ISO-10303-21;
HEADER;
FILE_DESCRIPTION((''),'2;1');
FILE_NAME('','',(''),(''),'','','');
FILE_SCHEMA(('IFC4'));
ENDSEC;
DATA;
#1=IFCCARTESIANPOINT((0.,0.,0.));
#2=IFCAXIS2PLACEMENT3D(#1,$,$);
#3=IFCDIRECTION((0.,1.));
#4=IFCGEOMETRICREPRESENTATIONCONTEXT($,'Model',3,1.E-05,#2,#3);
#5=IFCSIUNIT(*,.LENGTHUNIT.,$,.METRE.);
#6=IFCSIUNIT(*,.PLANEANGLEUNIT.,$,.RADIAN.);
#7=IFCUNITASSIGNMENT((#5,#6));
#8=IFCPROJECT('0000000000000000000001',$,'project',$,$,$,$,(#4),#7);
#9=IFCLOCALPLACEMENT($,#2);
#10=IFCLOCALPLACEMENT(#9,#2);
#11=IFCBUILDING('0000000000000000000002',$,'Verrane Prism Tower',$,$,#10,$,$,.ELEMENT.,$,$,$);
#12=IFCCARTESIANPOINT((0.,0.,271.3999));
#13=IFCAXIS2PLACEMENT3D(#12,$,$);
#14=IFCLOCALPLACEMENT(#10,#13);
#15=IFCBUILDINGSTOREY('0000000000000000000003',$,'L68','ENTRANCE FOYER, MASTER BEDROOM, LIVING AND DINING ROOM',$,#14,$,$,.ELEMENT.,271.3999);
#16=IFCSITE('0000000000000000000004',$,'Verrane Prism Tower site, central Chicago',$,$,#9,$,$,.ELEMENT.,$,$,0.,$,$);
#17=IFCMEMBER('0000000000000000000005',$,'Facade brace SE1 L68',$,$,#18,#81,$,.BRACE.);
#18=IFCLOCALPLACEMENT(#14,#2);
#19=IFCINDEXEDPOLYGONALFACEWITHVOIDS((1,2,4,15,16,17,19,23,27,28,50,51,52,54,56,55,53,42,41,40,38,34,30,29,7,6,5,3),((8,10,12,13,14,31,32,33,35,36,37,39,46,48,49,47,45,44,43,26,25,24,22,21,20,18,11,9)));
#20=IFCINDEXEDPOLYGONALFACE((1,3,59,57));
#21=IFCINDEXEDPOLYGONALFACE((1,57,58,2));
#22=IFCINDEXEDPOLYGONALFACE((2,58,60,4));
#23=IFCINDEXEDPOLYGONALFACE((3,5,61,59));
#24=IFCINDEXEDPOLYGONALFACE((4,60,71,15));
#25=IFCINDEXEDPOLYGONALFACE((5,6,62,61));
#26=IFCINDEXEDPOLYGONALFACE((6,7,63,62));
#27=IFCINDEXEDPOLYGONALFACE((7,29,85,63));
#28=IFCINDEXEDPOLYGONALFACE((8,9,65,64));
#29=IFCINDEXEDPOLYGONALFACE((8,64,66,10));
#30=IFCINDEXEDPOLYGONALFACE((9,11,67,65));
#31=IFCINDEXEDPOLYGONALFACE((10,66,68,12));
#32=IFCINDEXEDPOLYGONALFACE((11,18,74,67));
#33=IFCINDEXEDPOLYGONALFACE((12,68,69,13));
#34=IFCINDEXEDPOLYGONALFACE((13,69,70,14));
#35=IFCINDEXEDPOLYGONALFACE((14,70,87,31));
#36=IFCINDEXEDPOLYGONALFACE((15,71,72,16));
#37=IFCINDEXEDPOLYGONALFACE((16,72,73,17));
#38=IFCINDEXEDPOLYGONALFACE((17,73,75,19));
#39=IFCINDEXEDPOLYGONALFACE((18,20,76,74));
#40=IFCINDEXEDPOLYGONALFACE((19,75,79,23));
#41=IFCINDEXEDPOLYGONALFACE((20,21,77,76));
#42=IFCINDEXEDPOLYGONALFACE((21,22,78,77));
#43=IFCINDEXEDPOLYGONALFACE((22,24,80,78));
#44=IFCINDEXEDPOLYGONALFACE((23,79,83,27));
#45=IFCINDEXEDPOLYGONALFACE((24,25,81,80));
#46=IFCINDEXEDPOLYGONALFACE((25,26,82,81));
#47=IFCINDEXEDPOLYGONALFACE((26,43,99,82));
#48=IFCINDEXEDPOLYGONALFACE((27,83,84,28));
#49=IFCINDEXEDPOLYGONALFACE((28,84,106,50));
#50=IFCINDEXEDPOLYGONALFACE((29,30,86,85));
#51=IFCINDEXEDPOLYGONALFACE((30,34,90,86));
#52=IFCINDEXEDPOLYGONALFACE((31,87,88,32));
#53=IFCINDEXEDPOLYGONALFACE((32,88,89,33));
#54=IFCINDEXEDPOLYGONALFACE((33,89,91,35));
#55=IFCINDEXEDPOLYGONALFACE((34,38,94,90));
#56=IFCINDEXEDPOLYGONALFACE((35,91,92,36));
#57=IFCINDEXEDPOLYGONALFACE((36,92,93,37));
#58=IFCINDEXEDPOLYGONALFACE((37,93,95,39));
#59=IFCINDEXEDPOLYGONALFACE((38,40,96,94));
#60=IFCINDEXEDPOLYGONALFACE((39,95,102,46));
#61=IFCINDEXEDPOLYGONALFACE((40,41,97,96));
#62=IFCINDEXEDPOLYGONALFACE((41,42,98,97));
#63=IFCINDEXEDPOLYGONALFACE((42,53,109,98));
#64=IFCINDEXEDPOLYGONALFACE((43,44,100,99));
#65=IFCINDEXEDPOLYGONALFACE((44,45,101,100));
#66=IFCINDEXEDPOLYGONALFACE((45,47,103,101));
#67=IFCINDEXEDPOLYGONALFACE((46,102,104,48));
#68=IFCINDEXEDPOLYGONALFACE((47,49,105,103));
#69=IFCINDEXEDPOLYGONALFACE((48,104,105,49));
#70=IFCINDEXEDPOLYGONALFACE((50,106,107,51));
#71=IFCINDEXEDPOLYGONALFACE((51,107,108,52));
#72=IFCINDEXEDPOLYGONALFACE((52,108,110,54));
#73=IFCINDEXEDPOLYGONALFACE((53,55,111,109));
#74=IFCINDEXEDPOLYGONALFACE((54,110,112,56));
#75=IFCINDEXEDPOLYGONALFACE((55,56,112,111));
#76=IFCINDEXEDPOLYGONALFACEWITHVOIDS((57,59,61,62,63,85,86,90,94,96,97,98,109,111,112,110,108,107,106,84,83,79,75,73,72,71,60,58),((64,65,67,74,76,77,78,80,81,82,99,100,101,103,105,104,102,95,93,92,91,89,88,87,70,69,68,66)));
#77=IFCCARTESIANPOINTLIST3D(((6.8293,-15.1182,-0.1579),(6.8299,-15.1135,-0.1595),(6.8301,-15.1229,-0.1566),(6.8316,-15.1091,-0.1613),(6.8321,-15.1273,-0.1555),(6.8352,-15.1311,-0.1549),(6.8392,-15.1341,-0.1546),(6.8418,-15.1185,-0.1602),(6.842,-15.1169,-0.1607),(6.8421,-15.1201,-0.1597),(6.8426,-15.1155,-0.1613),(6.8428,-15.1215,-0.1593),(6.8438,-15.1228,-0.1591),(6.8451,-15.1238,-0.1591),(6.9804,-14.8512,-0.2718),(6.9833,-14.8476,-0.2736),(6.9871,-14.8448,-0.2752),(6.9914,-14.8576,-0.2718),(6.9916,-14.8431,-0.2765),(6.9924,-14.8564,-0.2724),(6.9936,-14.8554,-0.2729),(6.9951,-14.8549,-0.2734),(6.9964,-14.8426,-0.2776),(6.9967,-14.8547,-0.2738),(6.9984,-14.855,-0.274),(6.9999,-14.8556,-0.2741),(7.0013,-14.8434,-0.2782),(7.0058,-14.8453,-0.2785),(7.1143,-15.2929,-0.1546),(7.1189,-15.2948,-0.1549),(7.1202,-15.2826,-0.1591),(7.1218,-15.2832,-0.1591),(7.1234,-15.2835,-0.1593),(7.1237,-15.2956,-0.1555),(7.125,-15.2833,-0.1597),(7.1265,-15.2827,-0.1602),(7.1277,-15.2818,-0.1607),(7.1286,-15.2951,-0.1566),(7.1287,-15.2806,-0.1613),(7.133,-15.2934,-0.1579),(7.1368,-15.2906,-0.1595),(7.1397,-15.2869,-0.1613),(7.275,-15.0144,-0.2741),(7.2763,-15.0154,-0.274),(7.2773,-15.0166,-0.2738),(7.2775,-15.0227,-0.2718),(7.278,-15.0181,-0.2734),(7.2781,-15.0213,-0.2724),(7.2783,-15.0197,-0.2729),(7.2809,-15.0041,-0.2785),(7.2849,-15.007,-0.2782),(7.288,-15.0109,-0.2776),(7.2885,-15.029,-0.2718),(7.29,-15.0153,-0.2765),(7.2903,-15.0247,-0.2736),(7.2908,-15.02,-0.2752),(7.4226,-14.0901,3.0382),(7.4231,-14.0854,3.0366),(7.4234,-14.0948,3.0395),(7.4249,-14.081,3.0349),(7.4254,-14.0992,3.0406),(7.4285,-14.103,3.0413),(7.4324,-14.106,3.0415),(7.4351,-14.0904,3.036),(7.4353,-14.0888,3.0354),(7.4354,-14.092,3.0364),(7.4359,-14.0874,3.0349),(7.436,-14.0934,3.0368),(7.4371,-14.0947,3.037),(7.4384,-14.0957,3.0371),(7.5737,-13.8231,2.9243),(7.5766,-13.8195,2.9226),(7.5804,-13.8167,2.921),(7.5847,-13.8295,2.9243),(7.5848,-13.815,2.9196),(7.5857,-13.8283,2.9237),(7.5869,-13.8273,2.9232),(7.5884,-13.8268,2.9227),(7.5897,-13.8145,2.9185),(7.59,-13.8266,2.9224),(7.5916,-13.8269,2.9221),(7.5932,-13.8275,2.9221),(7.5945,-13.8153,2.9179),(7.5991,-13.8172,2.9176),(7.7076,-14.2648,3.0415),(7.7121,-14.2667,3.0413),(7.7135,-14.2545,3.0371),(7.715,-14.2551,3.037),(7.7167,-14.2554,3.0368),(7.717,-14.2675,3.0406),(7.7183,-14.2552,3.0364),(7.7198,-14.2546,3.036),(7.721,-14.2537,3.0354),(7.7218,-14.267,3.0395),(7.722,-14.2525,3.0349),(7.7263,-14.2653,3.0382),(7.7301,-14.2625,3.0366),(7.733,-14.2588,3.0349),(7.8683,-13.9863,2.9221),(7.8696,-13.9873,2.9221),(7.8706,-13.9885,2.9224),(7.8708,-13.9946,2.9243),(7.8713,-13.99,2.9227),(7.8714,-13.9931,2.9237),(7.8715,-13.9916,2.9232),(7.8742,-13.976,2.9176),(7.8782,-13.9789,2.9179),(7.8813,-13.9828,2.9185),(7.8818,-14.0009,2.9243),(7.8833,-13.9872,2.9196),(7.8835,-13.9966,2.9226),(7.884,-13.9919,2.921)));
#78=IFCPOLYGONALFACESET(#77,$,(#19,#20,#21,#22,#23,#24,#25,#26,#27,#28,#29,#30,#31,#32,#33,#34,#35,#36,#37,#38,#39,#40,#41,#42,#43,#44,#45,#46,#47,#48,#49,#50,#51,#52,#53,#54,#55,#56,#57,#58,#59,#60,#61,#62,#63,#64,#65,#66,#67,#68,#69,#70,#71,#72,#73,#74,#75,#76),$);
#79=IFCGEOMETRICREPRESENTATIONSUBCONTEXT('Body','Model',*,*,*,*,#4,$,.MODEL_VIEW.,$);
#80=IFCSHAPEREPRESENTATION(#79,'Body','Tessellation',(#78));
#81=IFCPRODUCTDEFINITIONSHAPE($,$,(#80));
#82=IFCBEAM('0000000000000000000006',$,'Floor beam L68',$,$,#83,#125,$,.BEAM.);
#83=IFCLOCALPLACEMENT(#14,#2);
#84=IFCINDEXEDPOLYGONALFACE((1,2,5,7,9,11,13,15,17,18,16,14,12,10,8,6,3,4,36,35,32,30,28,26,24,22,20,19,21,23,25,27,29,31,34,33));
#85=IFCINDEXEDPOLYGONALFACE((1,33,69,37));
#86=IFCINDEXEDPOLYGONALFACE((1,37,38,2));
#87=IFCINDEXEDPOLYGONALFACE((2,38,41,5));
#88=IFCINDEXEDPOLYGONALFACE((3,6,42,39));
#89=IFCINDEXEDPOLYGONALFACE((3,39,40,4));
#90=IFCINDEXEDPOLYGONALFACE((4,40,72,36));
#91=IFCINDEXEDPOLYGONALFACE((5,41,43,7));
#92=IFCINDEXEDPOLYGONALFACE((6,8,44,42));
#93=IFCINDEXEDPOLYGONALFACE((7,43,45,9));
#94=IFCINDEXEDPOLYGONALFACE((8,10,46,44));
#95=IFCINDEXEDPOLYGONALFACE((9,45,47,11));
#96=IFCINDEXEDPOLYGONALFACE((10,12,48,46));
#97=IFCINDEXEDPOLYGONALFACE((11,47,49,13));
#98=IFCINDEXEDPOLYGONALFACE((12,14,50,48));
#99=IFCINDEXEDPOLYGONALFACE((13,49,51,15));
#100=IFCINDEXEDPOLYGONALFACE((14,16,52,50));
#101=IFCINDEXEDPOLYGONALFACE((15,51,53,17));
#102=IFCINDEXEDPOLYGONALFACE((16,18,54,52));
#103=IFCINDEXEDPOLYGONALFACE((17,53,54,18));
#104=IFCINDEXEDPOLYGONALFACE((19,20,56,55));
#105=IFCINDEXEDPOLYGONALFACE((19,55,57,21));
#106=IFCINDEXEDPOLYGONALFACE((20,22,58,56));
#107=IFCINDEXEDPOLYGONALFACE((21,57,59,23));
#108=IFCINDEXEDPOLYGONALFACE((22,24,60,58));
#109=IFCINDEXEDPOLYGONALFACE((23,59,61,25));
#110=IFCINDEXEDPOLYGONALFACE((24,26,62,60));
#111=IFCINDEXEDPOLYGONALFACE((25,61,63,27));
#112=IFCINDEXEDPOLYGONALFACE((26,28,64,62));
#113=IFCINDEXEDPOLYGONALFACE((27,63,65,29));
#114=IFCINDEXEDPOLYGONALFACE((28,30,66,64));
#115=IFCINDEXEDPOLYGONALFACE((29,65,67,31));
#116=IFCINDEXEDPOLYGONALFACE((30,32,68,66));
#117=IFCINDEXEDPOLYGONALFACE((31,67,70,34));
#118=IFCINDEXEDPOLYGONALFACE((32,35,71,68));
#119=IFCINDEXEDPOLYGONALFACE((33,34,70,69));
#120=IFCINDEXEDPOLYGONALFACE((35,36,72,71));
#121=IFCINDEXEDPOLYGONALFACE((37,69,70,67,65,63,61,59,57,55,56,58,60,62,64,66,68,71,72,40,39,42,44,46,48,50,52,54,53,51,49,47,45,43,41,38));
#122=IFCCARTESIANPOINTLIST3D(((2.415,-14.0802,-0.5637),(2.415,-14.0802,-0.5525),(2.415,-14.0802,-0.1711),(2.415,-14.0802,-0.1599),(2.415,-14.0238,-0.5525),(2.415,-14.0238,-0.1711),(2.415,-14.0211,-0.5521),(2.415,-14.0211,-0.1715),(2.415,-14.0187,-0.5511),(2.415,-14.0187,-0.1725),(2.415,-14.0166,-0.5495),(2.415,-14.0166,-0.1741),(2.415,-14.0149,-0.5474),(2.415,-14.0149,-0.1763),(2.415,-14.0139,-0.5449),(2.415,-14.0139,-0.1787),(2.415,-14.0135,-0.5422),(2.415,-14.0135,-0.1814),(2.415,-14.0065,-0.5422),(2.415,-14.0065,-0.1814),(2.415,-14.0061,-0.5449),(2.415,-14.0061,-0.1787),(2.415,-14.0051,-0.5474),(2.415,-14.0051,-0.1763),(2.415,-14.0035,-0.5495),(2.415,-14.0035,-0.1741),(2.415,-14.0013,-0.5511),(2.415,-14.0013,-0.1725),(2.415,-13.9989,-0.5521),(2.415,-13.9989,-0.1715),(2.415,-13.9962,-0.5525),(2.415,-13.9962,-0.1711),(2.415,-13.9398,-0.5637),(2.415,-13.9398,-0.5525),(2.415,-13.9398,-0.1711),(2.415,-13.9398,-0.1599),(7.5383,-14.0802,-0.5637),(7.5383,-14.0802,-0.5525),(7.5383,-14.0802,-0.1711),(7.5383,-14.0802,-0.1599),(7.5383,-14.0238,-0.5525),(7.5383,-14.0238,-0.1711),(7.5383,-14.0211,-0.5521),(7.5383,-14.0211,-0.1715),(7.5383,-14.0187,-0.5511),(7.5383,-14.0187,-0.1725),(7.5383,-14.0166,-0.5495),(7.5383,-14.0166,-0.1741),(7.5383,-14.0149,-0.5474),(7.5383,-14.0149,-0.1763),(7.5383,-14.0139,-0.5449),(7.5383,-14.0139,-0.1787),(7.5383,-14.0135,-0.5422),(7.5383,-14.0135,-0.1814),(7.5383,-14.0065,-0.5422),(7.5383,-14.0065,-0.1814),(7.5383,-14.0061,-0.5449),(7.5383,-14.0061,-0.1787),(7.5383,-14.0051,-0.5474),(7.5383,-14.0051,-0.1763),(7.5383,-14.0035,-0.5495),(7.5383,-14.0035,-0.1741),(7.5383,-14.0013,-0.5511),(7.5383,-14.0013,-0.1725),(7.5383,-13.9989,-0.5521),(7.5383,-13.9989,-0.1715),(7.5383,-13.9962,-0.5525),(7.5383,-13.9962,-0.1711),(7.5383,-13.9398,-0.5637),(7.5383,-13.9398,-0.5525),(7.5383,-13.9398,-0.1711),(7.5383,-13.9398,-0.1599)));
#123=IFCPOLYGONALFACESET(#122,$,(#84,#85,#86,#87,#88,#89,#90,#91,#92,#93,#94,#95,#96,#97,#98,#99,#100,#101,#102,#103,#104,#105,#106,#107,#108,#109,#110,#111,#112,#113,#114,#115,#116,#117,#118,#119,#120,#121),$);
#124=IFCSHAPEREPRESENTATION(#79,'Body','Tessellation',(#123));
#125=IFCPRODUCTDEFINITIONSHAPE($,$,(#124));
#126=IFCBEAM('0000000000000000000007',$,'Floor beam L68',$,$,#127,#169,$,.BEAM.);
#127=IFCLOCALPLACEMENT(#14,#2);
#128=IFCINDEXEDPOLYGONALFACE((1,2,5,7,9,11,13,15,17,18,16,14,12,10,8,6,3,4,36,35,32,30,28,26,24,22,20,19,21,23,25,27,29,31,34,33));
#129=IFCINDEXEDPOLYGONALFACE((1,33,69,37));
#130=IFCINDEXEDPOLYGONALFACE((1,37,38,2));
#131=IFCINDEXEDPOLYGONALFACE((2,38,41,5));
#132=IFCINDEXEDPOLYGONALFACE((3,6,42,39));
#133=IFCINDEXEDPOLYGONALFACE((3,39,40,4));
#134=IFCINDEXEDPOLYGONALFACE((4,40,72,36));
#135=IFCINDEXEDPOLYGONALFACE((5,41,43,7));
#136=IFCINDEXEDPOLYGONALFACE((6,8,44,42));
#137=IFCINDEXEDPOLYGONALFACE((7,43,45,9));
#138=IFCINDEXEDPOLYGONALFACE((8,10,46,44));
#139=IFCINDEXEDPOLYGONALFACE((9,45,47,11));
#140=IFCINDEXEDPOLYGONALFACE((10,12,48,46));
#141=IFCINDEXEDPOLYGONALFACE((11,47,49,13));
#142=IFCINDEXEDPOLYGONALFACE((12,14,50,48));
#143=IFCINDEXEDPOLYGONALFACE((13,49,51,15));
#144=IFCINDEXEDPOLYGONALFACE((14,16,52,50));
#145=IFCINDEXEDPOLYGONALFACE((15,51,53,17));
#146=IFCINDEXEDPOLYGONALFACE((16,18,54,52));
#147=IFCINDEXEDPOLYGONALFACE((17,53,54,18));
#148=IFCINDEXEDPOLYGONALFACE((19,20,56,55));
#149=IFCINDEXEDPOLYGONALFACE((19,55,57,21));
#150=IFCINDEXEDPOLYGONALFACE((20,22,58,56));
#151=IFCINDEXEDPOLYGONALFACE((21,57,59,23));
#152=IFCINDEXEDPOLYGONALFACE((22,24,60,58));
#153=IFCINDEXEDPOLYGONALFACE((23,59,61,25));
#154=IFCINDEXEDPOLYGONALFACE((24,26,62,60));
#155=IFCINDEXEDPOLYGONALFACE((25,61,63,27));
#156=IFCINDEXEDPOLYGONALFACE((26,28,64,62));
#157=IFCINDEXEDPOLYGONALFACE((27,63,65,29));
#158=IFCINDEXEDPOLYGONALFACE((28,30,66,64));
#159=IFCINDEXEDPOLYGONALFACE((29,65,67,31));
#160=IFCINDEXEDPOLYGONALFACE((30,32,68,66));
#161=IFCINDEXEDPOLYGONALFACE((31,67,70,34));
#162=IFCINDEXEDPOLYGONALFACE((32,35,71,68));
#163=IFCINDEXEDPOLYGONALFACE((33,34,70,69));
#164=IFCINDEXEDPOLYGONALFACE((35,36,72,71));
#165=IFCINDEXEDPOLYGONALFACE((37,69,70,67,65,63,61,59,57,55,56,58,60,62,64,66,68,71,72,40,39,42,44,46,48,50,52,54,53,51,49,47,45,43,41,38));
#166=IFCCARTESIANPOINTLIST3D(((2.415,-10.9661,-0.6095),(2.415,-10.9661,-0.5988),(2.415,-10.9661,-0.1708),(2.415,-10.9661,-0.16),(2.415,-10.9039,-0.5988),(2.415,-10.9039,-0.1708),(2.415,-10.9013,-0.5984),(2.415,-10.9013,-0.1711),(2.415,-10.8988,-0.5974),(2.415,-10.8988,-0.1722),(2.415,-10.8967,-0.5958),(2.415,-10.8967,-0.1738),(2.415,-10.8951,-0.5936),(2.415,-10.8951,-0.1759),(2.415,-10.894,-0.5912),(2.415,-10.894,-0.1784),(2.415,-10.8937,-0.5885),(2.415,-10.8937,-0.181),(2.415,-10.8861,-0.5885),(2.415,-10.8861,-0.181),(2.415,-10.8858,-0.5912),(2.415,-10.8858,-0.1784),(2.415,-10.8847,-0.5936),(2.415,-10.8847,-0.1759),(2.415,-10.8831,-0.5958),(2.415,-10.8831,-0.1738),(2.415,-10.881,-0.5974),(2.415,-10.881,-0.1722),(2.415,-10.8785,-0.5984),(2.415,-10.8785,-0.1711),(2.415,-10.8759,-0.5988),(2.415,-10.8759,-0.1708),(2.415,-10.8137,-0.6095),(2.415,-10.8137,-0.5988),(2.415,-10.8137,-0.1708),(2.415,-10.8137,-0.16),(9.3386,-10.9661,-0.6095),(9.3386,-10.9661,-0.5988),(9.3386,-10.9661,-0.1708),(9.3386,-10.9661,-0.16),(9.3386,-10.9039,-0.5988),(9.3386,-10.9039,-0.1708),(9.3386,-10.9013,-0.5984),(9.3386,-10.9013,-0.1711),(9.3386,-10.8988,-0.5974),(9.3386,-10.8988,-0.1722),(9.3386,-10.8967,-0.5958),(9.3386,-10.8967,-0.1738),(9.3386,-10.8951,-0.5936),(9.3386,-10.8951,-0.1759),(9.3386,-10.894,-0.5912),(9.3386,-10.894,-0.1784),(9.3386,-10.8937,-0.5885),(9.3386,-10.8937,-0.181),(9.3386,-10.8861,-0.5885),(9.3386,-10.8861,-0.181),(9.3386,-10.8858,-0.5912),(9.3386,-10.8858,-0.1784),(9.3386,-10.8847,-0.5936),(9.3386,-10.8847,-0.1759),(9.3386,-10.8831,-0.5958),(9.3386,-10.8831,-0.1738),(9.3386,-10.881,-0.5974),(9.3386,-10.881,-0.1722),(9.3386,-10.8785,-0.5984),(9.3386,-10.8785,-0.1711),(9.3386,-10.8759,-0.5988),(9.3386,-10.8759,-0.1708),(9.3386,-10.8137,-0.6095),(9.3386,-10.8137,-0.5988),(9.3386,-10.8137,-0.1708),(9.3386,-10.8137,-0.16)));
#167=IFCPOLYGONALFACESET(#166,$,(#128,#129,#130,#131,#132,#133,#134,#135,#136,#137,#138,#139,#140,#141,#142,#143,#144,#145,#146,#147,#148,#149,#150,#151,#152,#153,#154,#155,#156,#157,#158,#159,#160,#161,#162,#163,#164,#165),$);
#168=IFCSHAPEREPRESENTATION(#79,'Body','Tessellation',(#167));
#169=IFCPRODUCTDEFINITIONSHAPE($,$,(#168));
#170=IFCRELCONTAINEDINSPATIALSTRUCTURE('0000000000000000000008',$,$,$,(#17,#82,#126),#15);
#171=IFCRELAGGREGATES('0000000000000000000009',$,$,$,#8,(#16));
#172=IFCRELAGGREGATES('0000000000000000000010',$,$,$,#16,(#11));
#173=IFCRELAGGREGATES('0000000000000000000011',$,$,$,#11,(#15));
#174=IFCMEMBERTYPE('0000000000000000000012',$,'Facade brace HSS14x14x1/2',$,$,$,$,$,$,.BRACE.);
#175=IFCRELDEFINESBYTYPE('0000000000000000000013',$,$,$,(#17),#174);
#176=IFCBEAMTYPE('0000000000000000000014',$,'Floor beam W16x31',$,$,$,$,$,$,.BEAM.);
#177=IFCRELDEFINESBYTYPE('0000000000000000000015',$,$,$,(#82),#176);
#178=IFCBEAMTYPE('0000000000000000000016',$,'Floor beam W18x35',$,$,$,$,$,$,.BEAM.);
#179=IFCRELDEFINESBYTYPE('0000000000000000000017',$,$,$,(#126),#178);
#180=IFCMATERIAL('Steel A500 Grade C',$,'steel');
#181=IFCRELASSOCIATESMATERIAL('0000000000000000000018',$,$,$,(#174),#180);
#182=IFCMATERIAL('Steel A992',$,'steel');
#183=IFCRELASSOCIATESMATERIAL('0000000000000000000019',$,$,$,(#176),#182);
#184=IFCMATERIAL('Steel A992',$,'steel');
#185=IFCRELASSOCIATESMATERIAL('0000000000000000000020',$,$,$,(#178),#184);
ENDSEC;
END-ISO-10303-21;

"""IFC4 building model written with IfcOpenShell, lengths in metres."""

from ifc_helpers import new_model, si_unit, direction, frame, origin, origin_2d, place, context, subcontext, project, spatial, hollow_rectangle, i_section, extrude, material, material_profile, profile_set, type_object, element, save


model = new_model("IFC4")

# Units and contexts
model_context = context("Model", 3, precision=1e-05, world=origin(), true_north=direction((0.0, 1.0)))
body_context = subcontext(model_context, "Body", "Model", "MODEL_VIEW")
ifc_project = project(units=[si_unit("LENGTHUNIT", "METRE"), si_unit("PLANEANGLEUNIT", "RADIAN")], contexts=[model_context])

# Site, building, storey
site_placement = place(None, origin())
site = spatial("IfcSite", under=ifc_project, at=site_placement, Name="Verrane Prism Tower site, central Chicago", CompositionType="ELEMENT", RefElevation=0.0)
building_placement = place(site_placement, origin())
building = spatial("IfcBuilding", under=site, at=building_placement, Name="Verrane Prism Tower", CompositionType="ELEMENT")
storey_placement = place(building_placement, frame((0.0, 0.0, 271.3999)))
storey = spatial("IfcBuildingStorey", under=building, at=storey_placement, Name="L68", Description="ENTRANCE FOYER, MASTER BEDROOM, LIVING AND DINING ROOM", CompositionType="ELEMENT", Elevation=271.3999)

# Member
ifc_material_1 = material(Name="Steel A500 Grade C", Category="steel")
ifc_material_profile_1 = material_profile(ifc_material_1, hollow_rectangle(XDim=0.3557, YDim=0.3557, WallThickness=0.0127, InnerFilletRadius=0.0063, OuterFilletRadius=0.019, at=origin_2d()), Name="HSS14x14x1/2")
ifc_profile_set_1 = profile_set([ifc_material_profile_1], Name="Steel A500 Grade C")
member_type_1 = type_object("IfcMemberType", Name="Facade brace HSS14x14x1/2", PredefinedType="BRACE", material=ifc_profile_set_1)
member_1_placement = place(storey_placement, frame((7.0601, -15.0691, -0.2166), z_axis=(0.174011, 0.301547, 0.937438), x_axis=(-0.866134, 0.499811, 0.0)))
element("IfcMember", 1, at=member_1_placement, inside=storey, type_object=member_type_1, Name="Facade brace SE1 L68", PredefinedType="BRACE", context=body_context, shape_type="SweptSolid", body=[
    extrude(hollow_rectangle(XDim=0.3557, YDim=0.3557, WallThickness=0.0127, InnerFilletRadius=0.0063, OuterFilletRadius=0.019, at=origin_2d()), origin(), (0.0, 0.0, 1.0), 3.4094),
])

# Beams
ifc_material_2 = material(Name="Steel A992", Category="steel")
ifc_material_profile_2 = material_profile(ifc_material_2, i_section(OverallWidth=0.1404, OverallDepth=0.4038, WebThickness=0.0071, FlangeThickness=0.0112, FilletRadius=0.0103, at=origin_2d()), Name="W16x31")
ifc_profile_set_2 = profile_set([ifc_material_profile_2], Name="Steel A992")
beam_type_1 = type_object("IfcBeamType", Name="Floor beam W16x31", PredefinedType="BEAM", material=ifc_profile_set_2)
beam_1_placement = place(storey_placement, frame((2.415, -14.01, -0.3618), z_axis=(1.0, 0.0, 0.0), x_axis=(0.0, 1.0, 0.0)))
element("IfcBeam", 2, at=beam_1_placement, inside=storey, type_object=beam_type_1, Name="Floor beam L68", PredefinedType="BEAM", context=body_context, shape_type="SweptSolid", body=[
    extrude(i_section(OverallWidth=0.1404, OverallDepth=0.4038, WebThickness=0.0071, FlangeThickness=0.0112, FilletRadius=0.0103, at=origin_2d()), origin(), (0.0, 0.0, 1.0), 5.1233),
])
ifc_material_3 = material(Name="Steel A992", Category="steel")
ifc_material_profile_3 = material_profile(ifc_material_3, i_section(OverallWidth=0.1523, OverallDepth=0.4495, WebThickness=0.0076, FlangeThickness=0.0107, FilletRadius=0.0103, at=origin_2d()), Name="W18x35")
ifc_profile_set_3 = profile_set([ifc_material_profile_3], Name="Steel A992")
beam_type_2 = type_object("IfcBeamType", Name="Floor beam W18x35", PredefinedType="BEAM", material=ifc_profile_set_3)
beam_2_placement = place(storey_placement, frame((2.415, -10.8899, -0.3848), z_axis=(1.0, 0.0, 0.0), x_axis=(0.0, 1.0, 0.0)))
element("IfcBeam", 3, at=beam_2_placement, inside=storey, type_object=beam_type_2, Name="Floor beam L68", PredefinedType="BEAM", context=body_context, shape_type="SweptSolid", body=[
    extrude(i_section(OverallWidth=0.1523, OverallDepth=0.4495, WebThickness=0.0076, FlangeThickness=0.0107, FilletRadius=0.0103, at=origin_2d()), origin(), (0.0, 0.0, 1.0), 6.9236),
])

save(model, "model.ifc")
